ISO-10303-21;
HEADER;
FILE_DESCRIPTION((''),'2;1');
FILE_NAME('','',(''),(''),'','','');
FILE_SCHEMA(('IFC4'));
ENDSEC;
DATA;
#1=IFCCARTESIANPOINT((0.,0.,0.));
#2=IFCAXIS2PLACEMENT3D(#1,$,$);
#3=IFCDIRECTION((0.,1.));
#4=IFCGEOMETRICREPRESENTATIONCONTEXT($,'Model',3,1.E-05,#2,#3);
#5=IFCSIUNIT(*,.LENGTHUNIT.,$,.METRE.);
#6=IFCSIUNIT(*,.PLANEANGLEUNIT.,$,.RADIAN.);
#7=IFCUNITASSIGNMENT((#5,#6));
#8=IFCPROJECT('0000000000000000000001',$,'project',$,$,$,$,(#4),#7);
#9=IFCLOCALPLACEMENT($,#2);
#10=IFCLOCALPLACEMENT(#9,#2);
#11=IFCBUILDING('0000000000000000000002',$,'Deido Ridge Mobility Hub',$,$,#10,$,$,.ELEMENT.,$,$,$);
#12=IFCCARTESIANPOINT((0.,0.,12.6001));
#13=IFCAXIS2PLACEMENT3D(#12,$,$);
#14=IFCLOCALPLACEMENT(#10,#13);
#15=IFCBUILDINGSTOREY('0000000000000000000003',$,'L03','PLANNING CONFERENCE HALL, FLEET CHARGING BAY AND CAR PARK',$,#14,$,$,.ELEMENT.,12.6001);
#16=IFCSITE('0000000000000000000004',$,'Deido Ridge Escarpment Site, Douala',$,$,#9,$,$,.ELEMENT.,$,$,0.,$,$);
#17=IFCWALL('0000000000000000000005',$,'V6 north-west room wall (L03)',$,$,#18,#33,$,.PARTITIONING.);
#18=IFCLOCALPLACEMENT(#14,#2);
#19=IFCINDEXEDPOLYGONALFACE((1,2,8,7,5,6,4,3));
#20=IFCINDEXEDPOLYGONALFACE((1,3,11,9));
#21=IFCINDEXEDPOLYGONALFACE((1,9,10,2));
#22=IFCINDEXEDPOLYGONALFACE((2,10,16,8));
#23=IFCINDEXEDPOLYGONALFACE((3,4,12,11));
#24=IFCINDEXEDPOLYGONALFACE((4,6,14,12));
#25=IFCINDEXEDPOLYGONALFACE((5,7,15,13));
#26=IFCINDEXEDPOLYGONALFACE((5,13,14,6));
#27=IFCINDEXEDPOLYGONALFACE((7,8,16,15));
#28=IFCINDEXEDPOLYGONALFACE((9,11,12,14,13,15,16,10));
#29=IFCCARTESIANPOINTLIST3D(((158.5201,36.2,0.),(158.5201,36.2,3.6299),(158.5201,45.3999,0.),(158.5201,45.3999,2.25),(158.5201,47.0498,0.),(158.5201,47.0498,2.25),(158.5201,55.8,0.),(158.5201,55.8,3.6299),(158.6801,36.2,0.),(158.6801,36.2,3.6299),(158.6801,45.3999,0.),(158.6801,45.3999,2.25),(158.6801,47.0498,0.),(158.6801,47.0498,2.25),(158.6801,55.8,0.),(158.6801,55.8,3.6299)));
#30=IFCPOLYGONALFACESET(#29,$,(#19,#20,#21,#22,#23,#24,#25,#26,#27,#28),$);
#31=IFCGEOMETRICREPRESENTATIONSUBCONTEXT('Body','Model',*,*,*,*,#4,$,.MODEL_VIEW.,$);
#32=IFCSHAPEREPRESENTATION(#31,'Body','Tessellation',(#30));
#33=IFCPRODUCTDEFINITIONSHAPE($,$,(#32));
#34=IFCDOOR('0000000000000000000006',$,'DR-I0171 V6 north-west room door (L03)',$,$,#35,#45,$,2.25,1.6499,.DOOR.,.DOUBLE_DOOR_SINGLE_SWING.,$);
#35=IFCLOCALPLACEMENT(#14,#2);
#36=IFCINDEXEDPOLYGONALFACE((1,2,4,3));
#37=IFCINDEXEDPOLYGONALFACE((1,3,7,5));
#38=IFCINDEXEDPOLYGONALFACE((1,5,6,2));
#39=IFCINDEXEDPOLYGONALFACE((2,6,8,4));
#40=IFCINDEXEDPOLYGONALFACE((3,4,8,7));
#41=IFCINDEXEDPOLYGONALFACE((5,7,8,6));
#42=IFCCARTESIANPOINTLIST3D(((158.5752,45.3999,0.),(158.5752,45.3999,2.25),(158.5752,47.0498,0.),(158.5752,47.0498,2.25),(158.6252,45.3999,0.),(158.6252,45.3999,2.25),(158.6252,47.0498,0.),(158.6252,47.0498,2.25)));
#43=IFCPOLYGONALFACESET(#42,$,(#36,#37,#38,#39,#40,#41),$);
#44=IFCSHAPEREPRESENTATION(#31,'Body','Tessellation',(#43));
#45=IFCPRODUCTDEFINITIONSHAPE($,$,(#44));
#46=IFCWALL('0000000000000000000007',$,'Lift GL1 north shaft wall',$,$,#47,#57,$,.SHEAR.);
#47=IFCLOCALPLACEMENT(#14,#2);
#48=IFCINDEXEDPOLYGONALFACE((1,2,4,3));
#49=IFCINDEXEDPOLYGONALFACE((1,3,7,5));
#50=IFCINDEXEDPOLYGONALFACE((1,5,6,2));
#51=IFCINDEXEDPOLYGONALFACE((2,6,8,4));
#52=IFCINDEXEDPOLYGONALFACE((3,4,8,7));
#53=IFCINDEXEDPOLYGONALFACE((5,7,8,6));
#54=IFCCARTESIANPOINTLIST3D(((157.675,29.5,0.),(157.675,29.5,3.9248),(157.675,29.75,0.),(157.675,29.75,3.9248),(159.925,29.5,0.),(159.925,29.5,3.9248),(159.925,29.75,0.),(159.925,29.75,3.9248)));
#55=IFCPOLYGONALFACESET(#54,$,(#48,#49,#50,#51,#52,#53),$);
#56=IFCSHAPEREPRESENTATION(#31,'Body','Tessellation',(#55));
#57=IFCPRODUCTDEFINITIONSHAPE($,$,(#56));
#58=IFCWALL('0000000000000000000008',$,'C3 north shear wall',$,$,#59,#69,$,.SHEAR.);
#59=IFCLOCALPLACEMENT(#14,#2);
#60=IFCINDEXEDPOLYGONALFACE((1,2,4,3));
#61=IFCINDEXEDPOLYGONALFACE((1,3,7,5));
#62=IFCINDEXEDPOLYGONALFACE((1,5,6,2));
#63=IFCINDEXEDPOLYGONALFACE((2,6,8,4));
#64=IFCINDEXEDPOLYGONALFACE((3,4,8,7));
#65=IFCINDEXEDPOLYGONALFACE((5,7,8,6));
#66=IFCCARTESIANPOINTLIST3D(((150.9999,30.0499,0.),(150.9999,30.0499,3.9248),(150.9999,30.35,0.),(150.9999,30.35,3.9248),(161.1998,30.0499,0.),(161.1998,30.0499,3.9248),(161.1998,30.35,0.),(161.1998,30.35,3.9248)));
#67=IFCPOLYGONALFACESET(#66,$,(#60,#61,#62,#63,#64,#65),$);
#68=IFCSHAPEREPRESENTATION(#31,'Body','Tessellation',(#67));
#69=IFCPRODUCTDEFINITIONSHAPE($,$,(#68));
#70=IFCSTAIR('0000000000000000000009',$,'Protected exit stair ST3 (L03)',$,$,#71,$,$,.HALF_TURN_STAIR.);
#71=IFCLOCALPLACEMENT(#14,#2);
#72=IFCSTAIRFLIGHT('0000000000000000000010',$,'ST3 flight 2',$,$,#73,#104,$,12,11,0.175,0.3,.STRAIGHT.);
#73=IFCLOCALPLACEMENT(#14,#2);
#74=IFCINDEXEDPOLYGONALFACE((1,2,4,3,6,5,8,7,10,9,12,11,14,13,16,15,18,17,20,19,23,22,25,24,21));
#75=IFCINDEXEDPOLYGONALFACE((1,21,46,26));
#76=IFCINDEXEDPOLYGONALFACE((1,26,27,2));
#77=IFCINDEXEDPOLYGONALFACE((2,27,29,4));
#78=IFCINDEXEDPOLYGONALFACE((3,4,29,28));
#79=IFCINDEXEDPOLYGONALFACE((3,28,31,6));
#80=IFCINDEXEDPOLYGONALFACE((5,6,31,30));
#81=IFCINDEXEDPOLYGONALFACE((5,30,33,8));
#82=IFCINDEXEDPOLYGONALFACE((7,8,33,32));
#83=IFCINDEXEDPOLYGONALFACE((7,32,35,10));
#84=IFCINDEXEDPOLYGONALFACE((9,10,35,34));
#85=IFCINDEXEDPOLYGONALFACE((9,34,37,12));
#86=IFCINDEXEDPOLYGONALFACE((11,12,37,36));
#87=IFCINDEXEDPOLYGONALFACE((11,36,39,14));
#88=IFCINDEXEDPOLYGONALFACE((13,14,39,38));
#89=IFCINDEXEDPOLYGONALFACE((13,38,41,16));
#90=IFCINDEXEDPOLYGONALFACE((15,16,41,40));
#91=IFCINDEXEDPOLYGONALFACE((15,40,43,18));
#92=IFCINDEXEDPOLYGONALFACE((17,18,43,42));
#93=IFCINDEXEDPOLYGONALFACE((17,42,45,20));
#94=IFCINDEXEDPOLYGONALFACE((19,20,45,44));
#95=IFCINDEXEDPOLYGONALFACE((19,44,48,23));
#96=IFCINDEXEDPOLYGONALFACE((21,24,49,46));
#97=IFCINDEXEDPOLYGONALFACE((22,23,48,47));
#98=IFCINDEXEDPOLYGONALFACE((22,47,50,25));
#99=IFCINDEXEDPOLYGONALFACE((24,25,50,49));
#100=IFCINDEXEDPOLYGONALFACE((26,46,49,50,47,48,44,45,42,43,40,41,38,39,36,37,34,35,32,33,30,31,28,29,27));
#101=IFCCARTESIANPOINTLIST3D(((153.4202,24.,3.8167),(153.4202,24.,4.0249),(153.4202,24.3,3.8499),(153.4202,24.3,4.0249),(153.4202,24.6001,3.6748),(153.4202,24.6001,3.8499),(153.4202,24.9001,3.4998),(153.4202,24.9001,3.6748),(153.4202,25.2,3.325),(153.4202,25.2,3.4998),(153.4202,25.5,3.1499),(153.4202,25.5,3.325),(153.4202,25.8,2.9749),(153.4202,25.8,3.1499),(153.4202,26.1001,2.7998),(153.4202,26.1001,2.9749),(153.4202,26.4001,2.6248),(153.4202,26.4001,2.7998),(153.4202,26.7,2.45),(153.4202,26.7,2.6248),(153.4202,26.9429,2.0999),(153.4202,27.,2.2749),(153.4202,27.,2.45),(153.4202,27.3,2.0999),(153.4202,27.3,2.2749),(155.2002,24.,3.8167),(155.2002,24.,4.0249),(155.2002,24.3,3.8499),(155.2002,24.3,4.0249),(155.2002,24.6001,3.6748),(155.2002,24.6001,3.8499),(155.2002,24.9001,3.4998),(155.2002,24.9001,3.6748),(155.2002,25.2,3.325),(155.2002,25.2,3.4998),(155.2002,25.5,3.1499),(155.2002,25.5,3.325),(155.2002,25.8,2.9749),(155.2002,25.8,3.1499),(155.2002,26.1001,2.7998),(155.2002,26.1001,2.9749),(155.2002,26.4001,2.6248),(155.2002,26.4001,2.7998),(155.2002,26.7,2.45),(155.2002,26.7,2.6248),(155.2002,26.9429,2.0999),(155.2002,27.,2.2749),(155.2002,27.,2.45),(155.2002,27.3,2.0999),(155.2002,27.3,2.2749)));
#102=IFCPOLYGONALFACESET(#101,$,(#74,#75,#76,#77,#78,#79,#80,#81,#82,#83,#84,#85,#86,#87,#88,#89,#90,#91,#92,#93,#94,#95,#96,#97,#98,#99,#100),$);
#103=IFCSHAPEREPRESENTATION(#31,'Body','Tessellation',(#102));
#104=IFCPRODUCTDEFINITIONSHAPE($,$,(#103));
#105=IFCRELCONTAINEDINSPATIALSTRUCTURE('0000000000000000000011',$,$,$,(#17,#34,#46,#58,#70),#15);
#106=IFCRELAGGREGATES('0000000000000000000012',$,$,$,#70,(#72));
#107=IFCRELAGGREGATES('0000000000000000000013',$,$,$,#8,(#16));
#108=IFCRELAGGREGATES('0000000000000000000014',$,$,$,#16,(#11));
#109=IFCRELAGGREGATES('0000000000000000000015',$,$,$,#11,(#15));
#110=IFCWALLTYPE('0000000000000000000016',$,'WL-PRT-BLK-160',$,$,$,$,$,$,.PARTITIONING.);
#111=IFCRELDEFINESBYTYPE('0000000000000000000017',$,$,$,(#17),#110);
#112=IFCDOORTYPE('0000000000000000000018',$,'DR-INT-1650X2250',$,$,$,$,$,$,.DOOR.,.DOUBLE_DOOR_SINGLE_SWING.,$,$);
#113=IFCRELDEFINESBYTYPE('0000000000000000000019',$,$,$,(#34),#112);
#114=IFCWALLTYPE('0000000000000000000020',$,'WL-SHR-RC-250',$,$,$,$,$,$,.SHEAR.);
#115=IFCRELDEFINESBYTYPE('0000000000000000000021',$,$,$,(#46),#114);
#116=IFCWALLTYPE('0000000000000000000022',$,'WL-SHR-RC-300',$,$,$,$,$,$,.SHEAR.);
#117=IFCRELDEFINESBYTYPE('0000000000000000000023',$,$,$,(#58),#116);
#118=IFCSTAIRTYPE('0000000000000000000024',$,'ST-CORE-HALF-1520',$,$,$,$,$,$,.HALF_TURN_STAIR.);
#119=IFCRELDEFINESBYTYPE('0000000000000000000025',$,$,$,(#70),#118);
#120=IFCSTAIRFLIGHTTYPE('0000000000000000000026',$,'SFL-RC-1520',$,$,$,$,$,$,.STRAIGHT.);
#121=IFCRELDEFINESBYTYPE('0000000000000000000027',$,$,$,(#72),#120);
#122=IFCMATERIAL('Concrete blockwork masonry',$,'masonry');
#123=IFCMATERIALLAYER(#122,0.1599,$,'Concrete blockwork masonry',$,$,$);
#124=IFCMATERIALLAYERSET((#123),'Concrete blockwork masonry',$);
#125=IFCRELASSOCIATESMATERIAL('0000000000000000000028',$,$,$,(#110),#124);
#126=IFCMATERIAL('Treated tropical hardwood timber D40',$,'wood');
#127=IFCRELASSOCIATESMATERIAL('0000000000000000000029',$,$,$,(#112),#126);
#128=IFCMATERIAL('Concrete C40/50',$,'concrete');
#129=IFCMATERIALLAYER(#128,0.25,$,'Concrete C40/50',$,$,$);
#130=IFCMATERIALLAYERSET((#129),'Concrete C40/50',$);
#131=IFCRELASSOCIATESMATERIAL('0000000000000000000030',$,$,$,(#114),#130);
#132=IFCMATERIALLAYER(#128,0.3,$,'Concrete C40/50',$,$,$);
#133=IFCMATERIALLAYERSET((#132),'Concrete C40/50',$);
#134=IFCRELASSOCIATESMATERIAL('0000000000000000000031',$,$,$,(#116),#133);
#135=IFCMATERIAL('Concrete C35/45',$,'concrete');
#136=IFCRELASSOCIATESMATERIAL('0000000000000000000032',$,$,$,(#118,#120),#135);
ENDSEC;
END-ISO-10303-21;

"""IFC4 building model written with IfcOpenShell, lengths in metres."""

from ifc_helpers import new_model, si_unit, direction, frame, frame_2d, origin, place, context, subcontext, project, spatial, polyline, rectangle, outline, extrude, material, layer, layer_set, type_object, element, fill, aggregate, save


model = new_model("IFC4")

# Units and contexts
model_context = context("Model", 3, precision=1e-05, world=origin(), true_north=direction((0.0, 1.0)))
body_context = subcontext(model_context, "Body", "Model", "MODEL_VIEW")
ifc_project = project(units=[si_unit("LENGTHUNIT", "METRE"), si_unit("PLANEANGLEUNIT", "RADIAN")], contexts=[model_context])

# Site, building, storey
site_placement = place(None, origin())
site = spatial("IfcSite", under=ifc_project, at=site_placement, Name="Deido Ridge Escarpment Site, Douala", CompositionType="ELEMENT", RefElevation=0.0)
building_placement = place(site_placement, origin())
building = spatial("IfcBuilding", under=site, at=building_placement, Name="Deido Ridge Mobility Hub", CompositionType="ELEMENT")
storey_placement = place(building_placement, frame((0.0, 0.0, 12.6001)))
storey = spatial("IfcBuildingStorey", under=building, at=storey_placement, Name="L03", Description="PLANNING CONFERENCE HALL, FLEET CHARGING BAY AND CAR PARK", CompositionType="ELEMENT", Elevation=12.6001)

# Shared definitions
ifc_material_1 = material(Name="Concrete blockwork masonry", Category="masonry")

# Wall, opening, door
ifc_layer_1 = layer(ifc_material_1, 0.1599, Name="Concrete blockwork masonry")
ifc_layer_set_1 = layer_set([ifc_layer_1], Name="Concrete blockwork masonry")
wall_type_1 = type_object("IfcWallType", Name="WL-PRT-BLK-160", PredefinedType="PARTITIONING", material=ifc_layer_set_1)
wall_1_placement = place(storey_placement, frame((158.6001, 36.2, 0.0), z_axis=(0.0, 0.0, 1.0), x_axis=(0.0, 1.0, 0.0)))
wall_1 = element("IfcWall", 1, at=wall_1_placement, inside=storey, type_object=wall_type_1, Name="V6 north-west room wall (L03)", PredefinedType="PARTITIONING", context=body_context, shape_type="SweptSolid", body=[
    extrude(rectangle(XDim=19.6001, YDim=0.1599, at=frame_2d((9.8, 0.0))), origin(), (0.0, 0.0, 1.0), 3.6299),
])
opening_1_placement = place(wall_1_placement, frame((9.2, 0.0, 0.0)))
opening_1 = element("IfcOpeningElement", 2, at=opening_1_placement, cuts=wall_1, PredefinedType="OPENING", context=body_context, shape_type="SweptSolid", body=[
    extrude(rectangle(XDim=1.6499, YDim=2.25, at=frame_2d((0.825, 1.125))), frame((0.0, 0.0898, 0.0), z_axis=(0.0, -1.0, 0.0), x_axis=(1.0, 0.0, 0.0)), (0.0, 0.0, 1.0), 0.1799),
])
ifc_material_2 = material(Name="Treated tropical hardwood timber D40", Category="wood")
door_type_1 = type_object("IfcDoorType", Name="DR-INT-1650X2250", OperationType="DOUBLE_DOOR_SINGLE_SWING", PredefinedType="DOOR", material=ifc_material_2)
door_1_placement = place(opening_1_placement, origin())
door_1 = element("IfcDoor", 3, at=door_1_placement, inside=storey, type_object=door_type_1, Name="DR-I0171 V6 north-west room door (L03)", OperationType="DOUBLE_DOOR_SINGLE_SWING", OverallHeight=2.25, OverallWidth=1.6499, PredefinedType="DOOR", context=body_context, shape_type="SweptSolid", body=[
    extrude(rectangle(XDim=1.6499, YDim=2.25, at=frame_2d((0.825, 1.125))), frame((0.0, 0.0249, 0.0), z_axis=(0.0, -1.0, 0.0), x_axis=(1.0, 0.0, 0.0)), (0.0, 0.0, 1.0), 0.05),
])
fill(opening_1, door_1)

# Walls
ifc_material_3 = material(Name="Concrete C40/50", Category="concrete")
ifc_layer_2 = layer(ifc_material_3, 0.25, Name="Concrete C40/50")
ifc_layer_set_2 = layer_set([ifc_layer_2], Name="Concrete C40/50")
wall_type_2 = type_object("IfcWallType", Name="WL-SHR-RC-250", PredefinedType="SHEAR", material=ifc_layer_set_2)
wall_2_placement = place(storey_placement, frame((157.675, 29.625, 0.0), z_axis=(0.0, 0.0, 1.0), x_axis=(1.0, 0.0, 0.0)))
element("IfcWall", 4, at=wall_2_placement, inside=storey, type_object=wall_type_2, Name="Lift GL1 north shaft wall", PredefinedType="SHEAR", context=body_context, shape_type="SweptSolid", body=[
    extrude(rectangle(XDim=2.25, YDim=0.25, at=frame_2d((1.125, 0.0))), origin(), (0.0, 0.0, 1.0), 3.9248),
])
ifc_layer_3 = layer(ifc_material_3, 0.3, Name="Concrete C40/50")
ifc_layer_set_3 = layer_set([ifc_layer_3], Name="Concrete C40/50")
wall_type_3 = type_object("IfcWallType", Name="WL-SHR-RC-300", PredefinedType="SHEAR", material=ifc_layer_set_3)
wall_3_placement = place(storey_placement, frame((161.2, 30.2, 0.0), z_axis=(0.0, 0.0, 1.0), x_axis=(-1.0, 0.0, 0.0)))
element("IfcWall", 5, at=wall_3_placement, inside=storey, type_object=wall_type_3, Name="C3 north shear wall", PredefinedType="SHEAR", context=body_context, shape_type="SweptSolid", body=[
    extrude(rectangle(XDim=10.2, YDim=0.3, at=frame_2d((5.1001, 0.0))), origin(), (0.0, 0.0, 1.0), 3.9248),
])

# Stair, stair flight
ifc_material_4 = material(Name="Concrete C35/45", Category="concrete")
stair_type = type_object("IfcStairType", Name="ST-CORE-HALF-1520", PredefinedType="HALF_TURN_STAIR", material=ifc_material_4)
stair_placement = place(storey_placement, origin())
stair = element("IfcStair", 6, at=stair_placement, inside=storey, type_object=stair_type, Name="Protected exit stair ST3 (L03)", PredefinedType="HALF_TURN_STAIR")
stair_flight_type = type_object("IfcStairFlightType", Name="SFL-RC-1520", PredefinedType="STRAIGHT", material=ifc_material_4)
stair_flight_placement = place(storey_placement, frame((154.3101, 27.3, 2.0999), z_axis=(0.0, 0.0, 1.0), x_axis=(0.0, -1.0, 0.0)))
stair_flight = element("IfcStairFlight", 7, at=stair_flight_placement, type_object=stair_flight_type, Name="ST3 flight 2", NumberOfRisers=12, NumberOfTreads=11, PredefinedType="STRAIGHT", RiserHeight=0.175, TreadLength=0.3, context=body_context, shape_type="SweptSolid", body=[
    extrude(outline(polyline([(0.0, 0.0), (0.0, 0.175), (0.3, 0.175), (0.3, 0.3501), (0.6001, 0.3501), (0.6001, 0.5249), (0.8999, 0.5249), (0.8999, 0.7), (1.2, 0.7), (1.2, 0.875), (1.5, 0.875), (1.5, 1.05), (1.8, 1.05), (1.8, 1.2251), (2.1001, 1.2251), (2.1001, 1.3999), (2.3999, 1.3999), (2.3999, 1.575), (2.7, 1.575), (2.7, 1.75), (3.0, 1.75), (3.0, 1.925), (3.3, 1.925), (3.3, 2.1001), (3.3, 1.7168), (0.3572, 0.0), (0.0, 0.0)])), frame((0.0, 0.8901, 0.0), z_axis=(0.0, -1.0, 0.0), x_axis=(1.0, 0.0, 0.0)), (0.0, 0.0, 1.0), 1.78),
])
aggregate(stair, [stair_flight])

save(model, "model.ifc")
